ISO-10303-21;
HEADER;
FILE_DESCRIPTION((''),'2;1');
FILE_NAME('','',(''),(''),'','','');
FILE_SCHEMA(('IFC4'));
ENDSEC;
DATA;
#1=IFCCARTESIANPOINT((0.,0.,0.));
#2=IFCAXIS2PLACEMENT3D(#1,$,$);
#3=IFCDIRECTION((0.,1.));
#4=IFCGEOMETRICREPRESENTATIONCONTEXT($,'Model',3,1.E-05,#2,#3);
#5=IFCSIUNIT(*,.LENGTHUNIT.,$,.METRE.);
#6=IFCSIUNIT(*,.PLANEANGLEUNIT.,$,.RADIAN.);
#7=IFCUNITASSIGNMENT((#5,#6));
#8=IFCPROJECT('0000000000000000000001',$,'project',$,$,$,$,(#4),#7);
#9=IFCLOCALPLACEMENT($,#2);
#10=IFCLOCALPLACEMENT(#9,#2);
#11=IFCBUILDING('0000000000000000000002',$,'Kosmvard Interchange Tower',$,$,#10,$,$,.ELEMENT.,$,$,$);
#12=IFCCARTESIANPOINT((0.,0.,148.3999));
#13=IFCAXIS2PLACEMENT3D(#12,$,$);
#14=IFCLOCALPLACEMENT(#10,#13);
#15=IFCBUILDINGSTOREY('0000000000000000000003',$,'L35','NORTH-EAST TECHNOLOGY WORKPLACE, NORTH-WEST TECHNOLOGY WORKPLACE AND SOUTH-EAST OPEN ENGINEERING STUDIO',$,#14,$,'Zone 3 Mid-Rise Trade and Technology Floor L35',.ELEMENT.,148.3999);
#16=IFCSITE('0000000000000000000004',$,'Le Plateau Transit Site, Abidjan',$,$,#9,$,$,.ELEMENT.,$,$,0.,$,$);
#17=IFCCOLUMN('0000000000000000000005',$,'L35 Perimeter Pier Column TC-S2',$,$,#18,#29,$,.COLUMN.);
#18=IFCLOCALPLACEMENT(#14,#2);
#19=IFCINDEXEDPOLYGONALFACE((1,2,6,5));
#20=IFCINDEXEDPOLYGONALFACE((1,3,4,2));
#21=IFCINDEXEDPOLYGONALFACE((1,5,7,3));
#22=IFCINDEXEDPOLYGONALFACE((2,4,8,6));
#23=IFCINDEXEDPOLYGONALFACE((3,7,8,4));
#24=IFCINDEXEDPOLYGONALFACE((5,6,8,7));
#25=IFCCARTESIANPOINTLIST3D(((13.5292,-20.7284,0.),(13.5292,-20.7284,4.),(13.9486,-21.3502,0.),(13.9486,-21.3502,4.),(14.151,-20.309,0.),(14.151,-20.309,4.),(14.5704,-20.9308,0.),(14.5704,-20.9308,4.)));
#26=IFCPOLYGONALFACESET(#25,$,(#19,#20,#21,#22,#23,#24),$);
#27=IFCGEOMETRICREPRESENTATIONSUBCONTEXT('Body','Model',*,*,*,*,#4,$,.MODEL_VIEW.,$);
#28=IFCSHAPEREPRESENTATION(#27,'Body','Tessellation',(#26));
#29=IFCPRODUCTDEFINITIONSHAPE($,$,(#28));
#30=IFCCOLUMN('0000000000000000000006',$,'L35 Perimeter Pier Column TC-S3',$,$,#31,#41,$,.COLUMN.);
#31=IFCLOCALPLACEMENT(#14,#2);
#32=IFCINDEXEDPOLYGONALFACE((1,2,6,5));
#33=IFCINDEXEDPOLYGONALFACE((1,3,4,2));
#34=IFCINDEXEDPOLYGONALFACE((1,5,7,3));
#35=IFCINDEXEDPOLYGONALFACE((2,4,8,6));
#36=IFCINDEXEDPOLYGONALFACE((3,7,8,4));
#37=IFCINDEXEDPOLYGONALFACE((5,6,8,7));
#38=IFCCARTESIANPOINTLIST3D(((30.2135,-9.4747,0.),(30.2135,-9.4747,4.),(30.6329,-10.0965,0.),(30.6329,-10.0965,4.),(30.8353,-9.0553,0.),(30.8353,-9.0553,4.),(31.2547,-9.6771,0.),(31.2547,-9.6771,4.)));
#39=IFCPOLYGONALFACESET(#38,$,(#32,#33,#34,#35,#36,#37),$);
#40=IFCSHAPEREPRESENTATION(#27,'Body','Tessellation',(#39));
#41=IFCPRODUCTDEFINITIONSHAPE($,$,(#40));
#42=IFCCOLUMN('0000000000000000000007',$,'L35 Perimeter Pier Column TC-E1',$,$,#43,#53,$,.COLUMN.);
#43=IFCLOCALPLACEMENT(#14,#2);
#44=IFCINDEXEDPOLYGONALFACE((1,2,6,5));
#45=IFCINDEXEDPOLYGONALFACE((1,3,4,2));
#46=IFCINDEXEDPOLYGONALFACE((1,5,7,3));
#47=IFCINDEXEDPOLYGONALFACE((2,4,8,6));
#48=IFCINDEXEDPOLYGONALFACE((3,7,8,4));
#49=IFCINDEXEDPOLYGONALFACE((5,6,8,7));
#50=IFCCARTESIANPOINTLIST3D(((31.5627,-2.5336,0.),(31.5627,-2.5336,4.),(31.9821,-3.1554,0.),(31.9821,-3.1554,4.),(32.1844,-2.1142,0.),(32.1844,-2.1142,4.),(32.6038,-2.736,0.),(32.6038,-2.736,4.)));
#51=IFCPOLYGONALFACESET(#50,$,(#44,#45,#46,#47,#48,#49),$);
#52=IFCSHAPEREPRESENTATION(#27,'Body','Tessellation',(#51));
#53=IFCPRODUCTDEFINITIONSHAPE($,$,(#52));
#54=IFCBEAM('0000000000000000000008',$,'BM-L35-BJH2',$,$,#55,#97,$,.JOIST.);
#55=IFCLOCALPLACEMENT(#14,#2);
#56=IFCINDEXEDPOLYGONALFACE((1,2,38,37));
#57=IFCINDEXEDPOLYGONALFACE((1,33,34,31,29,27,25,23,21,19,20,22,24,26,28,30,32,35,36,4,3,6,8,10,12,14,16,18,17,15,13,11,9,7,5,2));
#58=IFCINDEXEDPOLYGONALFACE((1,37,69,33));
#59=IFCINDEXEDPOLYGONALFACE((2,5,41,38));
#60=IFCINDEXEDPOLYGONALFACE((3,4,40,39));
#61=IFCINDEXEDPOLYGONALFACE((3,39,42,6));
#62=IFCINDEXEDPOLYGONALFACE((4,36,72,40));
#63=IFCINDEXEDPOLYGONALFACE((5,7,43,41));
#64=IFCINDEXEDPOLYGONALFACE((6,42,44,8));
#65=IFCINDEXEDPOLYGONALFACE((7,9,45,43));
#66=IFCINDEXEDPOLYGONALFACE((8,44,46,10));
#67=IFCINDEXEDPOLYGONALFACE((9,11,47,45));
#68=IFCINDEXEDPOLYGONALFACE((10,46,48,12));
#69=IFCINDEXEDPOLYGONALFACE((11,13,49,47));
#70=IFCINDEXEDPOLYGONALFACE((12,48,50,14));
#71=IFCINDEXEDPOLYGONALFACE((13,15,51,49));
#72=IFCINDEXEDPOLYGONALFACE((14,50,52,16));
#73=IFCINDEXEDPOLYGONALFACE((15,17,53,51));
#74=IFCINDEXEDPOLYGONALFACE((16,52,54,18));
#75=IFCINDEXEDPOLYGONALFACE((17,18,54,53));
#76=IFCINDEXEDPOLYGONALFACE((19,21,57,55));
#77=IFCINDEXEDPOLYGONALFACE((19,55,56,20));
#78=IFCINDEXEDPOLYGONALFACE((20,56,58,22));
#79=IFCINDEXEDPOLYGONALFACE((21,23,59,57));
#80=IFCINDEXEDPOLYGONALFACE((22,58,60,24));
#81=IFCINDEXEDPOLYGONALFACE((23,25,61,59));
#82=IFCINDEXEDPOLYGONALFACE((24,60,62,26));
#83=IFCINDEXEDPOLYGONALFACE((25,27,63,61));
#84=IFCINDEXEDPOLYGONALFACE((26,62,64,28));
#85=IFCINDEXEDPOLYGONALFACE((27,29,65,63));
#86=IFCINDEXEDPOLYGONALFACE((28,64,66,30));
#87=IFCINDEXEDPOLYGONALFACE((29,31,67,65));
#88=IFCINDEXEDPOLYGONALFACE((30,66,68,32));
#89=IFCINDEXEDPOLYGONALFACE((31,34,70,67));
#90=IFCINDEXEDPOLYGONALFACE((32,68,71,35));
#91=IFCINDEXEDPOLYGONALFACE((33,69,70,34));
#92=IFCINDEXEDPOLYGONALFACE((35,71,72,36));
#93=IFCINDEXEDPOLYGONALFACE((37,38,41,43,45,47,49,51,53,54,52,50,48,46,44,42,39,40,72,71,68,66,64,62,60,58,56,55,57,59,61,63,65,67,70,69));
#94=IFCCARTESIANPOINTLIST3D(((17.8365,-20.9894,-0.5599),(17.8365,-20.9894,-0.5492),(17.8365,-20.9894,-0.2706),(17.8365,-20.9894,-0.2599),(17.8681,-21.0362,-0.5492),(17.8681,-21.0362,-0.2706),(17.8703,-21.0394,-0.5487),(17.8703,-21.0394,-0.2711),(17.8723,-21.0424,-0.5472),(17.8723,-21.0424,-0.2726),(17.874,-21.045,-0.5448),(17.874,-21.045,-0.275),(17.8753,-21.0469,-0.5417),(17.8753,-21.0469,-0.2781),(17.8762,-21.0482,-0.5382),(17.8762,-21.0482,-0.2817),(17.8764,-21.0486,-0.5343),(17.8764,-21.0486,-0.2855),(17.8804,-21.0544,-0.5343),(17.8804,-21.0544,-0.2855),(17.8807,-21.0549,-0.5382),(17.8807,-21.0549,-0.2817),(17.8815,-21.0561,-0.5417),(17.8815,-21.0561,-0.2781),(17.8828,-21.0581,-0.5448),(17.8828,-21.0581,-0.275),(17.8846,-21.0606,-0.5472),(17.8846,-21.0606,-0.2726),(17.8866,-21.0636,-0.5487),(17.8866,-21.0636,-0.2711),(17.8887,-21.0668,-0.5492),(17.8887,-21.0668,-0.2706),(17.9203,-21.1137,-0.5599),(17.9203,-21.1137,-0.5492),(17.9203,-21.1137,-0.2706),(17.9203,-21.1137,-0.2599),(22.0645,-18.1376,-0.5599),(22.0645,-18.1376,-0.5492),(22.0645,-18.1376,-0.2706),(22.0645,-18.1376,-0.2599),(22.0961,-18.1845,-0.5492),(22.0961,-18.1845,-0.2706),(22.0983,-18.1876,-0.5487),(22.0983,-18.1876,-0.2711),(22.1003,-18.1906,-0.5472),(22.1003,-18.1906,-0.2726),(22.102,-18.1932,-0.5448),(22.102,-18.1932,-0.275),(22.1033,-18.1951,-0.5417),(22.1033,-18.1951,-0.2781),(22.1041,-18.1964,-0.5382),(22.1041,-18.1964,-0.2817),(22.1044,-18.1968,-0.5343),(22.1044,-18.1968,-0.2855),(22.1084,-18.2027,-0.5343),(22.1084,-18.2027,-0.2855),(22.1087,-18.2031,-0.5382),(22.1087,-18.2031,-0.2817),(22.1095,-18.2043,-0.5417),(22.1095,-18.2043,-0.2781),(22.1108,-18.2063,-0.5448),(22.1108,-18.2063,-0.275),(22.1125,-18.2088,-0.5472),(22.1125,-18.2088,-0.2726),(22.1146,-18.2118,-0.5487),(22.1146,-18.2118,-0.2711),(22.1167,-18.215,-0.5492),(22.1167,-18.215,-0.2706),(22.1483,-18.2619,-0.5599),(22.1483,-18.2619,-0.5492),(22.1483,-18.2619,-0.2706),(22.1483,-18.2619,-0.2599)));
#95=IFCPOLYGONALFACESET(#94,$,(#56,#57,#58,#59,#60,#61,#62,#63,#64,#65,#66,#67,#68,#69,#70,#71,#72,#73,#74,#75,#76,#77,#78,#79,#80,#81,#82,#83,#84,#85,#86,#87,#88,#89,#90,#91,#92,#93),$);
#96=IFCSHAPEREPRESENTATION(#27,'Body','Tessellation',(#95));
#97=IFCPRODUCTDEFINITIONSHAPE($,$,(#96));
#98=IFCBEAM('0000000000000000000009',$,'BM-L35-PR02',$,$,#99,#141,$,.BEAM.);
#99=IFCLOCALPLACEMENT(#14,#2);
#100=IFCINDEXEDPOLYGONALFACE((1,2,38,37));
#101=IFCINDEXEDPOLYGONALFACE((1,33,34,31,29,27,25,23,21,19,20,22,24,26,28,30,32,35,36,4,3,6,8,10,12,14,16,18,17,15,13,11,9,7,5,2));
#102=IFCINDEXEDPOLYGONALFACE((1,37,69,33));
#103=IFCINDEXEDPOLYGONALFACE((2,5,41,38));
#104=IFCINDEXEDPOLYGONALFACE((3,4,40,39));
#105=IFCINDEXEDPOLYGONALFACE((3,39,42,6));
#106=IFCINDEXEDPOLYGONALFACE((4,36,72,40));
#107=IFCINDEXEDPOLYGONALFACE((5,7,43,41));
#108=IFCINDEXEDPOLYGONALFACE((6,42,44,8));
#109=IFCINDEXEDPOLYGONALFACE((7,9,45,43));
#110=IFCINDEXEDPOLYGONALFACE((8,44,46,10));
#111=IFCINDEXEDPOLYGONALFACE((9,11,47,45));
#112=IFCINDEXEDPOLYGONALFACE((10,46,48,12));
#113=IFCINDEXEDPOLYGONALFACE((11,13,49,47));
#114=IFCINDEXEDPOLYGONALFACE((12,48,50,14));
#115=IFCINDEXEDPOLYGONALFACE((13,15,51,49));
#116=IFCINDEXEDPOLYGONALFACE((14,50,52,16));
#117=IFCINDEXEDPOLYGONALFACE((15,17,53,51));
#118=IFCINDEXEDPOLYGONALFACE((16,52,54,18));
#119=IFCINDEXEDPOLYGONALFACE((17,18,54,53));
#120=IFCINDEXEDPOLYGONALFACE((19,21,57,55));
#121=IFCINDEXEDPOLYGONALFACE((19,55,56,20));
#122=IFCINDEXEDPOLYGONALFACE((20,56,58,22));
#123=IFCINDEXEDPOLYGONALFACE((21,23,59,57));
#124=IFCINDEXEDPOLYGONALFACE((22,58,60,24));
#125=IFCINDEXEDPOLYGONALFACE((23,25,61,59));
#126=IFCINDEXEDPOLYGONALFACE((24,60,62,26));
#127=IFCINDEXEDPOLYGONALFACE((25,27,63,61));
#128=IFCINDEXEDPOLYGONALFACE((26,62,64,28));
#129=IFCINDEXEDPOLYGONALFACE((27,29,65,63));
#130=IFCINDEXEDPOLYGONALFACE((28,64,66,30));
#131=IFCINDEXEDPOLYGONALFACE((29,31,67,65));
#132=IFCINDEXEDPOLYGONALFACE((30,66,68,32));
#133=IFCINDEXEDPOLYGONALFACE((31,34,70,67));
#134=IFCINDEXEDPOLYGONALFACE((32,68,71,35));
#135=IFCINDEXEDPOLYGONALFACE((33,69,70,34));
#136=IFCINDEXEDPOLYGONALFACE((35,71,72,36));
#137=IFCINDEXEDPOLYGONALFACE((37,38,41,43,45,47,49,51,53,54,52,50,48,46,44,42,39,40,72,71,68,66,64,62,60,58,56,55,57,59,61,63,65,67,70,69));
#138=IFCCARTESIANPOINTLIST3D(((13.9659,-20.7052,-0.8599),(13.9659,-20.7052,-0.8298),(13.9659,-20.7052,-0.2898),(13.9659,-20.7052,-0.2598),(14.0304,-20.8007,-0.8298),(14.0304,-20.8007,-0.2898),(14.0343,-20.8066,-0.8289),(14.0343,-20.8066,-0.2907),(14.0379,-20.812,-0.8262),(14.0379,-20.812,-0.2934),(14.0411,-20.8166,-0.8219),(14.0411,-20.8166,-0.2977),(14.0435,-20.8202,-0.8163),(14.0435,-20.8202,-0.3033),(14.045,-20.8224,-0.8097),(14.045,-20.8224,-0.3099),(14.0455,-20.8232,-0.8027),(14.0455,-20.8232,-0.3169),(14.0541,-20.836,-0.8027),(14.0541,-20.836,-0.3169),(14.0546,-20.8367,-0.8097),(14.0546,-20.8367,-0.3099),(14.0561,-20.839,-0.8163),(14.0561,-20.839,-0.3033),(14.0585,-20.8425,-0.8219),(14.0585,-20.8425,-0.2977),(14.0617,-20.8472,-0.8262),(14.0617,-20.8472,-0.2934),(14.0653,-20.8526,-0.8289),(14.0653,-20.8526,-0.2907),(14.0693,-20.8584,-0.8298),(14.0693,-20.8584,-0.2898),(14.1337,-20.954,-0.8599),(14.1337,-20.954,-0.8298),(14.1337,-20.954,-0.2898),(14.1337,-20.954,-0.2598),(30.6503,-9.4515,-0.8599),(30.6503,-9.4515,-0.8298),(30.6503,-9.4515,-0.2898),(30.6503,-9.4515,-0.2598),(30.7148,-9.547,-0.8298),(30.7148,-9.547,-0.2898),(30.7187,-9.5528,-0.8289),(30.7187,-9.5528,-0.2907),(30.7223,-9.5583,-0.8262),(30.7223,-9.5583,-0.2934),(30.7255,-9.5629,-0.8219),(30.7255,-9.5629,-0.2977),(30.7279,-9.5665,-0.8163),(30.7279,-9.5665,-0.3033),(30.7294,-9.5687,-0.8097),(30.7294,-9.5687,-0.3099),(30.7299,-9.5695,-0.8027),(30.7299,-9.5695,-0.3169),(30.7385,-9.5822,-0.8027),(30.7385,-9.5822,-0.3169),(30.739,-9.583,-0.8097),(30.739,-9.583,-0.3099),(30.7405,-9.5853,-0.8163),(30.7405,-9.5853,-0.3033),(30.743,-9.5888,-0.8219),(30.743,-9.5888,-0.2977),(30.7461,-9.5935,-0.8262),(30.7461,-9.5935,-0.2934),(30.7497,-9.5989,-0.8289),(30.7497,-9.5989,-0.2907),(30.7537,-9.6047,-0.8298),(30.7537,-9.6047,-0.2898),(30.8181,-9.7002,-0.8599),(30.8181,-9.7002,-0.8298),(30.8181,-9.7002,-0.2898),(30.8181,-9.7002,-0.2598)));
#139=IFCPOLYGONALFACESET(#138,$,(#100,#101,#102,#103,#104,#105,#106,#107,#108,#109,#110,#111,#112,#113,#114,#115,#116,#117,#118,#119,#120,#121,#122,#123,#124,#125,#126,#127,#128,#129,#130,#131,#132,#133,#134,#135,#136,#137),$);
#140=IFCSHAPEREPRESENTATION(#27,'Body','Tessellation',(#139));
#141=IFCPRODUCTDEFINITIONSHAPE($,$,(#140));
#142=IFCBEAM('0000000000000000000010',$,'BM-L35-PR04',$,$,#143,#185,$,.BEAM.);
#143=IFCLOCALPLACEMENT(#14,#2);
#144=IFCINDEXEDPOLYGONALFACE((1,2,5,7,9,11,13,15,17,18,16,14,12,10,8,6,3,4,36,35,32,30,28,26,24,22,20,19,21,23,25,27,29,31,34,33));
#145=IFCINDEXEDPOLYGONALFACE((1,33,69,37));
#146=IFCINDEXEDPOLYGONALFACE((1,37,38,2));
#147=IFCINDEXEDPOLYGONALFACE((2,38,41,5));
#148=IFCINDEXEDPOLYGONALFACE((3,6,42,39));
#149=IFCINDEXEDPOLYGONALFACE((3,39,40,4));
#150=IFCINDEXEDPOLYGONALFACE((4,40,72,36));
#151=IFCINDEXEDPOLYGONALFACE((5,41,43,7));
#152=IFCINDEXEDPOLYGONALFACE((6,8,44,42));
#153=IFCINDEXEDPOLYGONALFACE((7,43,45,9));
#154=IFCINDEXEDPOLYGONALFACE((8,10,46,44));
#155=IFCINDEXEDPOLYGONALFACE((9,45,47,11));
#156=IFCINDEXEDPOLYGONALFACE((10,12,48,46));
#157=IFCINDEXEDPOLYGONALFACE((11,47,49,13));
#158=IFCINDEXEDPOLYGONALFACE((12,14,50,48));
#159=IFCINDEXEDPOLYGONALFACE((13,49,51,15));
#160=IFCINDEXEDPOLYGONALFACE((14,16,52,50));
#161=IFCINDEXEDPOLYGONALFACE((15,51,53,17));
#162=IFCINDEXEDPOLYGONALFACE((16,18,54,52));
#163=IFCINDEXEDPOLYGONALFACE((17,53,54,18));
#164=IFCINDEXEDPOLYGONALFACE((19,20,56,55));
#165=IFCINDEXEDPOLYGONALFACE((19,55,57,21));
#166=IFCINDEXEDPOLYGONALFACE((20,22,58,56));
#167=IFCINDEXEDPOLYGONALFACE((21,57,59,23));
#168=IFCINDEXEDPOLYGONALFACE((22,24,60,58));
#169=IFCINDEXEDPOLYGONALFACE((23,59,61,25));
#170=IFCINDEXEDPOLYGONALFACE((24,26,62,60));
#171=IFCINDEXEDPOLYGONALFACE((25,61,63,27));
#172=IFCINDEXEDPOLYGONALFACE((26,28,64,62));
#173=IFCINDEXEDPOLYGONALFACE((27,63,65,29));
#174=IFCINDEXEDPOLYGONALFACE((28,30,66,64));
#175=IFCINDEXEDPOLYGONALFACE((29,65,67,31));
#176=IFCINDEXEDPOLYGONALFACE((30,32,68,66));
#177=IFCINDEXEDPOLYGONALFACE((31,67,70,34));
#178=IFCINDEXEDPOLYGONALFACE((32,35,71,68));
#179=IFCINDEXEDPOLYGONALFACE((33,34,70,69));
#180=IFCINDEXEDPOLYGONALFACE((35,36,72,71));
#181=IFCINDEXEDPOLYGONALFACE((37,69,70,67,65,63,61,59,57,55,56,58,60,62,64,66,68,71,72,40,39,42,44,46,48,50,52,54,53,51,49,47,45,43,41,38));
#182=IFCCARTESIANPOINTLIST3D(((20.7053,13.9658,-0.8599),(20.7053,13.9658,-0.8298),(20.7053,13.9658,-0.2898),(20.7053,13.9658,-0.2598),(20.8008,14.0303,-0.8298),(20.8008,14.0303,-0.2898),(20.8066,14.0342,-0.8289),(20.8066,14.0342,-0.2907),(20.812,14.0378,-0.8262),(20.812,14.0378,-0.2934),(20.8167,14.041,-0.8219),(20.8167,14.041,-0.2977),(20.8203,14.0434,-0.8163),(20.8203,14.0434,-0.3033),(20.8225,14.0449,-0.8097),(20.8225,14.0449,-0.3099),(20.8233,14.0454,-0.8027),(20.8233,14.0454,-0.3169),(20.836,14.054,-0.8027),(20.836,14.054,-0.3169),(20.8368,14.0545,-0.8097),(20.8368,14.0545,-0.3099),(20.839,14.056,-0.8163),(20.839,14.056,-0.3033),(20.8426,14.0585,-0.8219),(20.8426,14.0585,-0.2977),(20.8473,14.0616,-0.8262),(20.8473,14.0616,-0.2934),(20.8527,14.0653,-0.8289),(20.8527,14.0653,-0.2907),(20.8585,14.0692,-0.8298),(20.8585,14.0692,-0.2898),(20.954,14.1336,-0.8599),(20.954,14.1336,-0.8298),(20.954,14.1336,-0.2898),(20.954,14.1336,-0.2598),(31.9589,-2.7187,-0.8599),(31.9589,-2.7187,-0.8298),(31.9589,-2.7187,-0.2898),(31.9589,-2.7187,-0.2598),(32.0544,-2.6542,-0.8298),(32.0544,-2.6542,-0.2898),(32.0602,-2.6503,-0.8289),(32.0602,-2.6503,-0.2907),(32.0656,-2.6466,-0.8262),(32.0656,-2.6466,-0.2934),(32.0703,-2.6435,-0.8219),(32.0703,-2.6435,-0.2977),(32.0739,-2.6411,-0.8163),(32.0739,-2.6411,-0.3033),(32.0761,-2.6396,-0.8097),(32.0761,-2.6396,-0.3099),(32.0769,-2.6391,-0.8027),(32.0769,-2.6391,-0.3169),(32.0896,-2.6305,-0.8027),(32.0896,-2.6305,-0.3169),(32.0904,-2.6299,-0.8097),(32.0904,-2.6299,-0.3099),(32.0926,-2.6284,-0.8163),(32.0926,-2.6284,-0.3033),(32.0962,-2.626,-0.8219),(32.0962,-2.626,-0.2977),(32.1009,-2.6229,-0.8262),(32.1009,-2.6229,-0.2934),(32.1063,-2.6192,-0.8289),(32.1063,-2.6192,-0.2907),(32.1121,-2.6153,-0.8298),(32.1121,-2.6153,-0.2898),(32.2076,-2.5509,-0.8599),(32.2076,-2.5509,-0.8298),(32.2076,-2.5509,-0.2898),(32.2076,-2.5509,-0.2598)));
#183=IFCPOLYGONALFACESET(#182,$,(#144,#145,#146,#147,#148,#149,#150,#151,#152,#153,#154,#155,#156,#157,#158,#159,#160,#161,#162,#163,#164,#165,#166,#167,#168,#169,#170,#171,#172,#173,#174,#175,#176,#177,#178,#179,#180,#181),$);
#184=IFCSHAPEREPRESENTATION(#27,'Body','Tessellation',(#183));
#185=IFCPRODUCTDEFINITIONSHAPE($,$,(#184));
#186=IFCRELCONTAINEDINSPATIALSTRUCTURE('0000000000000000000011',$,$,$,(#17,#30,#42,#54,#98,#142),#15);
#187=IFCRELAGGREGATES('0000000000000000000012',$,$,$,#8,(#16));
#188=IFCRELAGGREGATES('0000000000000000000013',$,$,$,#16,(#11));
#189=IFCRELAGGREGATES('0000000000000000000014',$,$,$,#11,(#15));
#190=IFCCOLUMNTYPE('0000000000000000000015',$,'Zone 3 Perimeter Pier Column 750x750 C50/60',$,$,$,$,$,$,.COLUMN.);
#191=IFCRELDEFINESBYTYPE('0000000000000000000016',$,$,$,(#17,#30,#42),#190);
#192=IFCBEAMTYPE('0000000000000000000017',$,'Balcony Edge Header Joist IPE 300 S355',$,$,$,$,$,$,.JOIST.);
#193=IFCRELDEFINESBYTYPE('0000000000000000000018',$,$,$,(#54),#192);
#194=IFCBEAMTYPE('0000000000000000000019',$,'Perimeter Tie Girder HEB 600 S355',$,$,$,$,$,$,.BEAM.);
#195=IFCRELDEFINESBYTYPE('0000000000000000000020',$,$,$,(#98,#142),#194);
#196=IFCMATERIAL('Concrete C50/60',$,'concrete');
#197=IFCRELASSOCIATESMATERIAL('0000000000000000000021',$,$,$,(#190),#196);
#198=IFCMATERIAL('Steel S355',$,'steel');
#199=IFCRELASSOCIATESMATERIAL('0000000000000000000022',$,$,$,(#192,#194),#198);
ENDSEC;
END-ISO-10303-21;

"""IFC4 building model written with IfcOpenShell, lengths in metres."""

from ifc_helpers import new_model, si_unit, direction, frame, origin, origin_2d, place, context, subcontext, project, spatial, rectangle, i_section, extrude, source, transform, mapped, material, material_profile, profile_set, type_object, element, save


model = new_model("IFC4")

# Units and contexts
model_context = context("Model", 3, precision=1e-05, world=origin(), true_north=direction((0.0, 1.0)))
body_context = subcontext(model_context, "Body", "Model", "MODEL_VIEW")
ifc_project = project(units=[si_unit("LENGTHUNIT", "METRE"), si_unit("PLANEANGLEUNIT", "RADIAN")], contexts=[model_context])

# Site, building, storey
site_placement = place(None, origin())
site = spatial("IfcSite", under=ifc_project, at=site_placement, Name="Le Plateau Transit Site, Abidjan", CompositionType="ELEMENT", RefElevation=0.0)
building_placement = place(site_placement, origin())
building = spatial("IfcBuilding", under=site, at=building_placement, Name="Kosmvard Interchange Tower", CompositionType="ELEMENT")
storey_placement = place(building_placement, frame((0.0, 0.0, 148.3999)))
storey = spatial("IfcBuildingStorey", under=building, at=storey_placement, Name="L35", Description="NORTH-EAST TECHNOLOGY WORKPLACE, NORTH-WEST TECHNOLOGY WORKPLACE AND SOUTH-EAST OPEN ENGINEERING STUDIO", LongName="Zone 3 Mid-Rise Trade and Technology Floor L35", CompositionType="ELEMENT", Elevation=148.3999)

# Columns
ifc_material_1 = material(Name="Concrete C50/60", Category="concrete")
ifc_material_profile_1 = material_profile(ifc_material_1, rectangle(XDim=0.75, YDim=0.75, at=origin_2d()), Name="TC 750x750")
ifc_profile_set_1 = profile_set([ifc_material_profile_1], Name="Concrete C50/60")
column_type = type_object("IfcColumnType", Name="Zone 3 Perimeter Pier Column 750x750 C50/60", PredefinedType="COLUMN", material=ifc_profile_set_1)
shared_shape_1 = source(origin(), body_context, "Body", "SweptSolid", [
    extrude(rectangle(XDim=0.75, YDim=0.75, at=origin_2d()), origin(), (0.0, 0.0, 1.0), 4.0),
])
for number, where, z_axis, x_axis, name in (
    (1, (14.0498, -20.8296, 0.0), (0.0, 0.0, 1.0), (0.829038, 0.559193, 0.0), "L35 Perimeter Pier Column TC-S2"),
    (2, (30.7341, -9.5759, 0.0), (0.0, 0.0, 1.0), (0.829038, 0.559193, 0.0), "L35 Perimeter Pier Column TC-S3"),
    (3, (32.0833, -2.6348, 0.0), (0.0, 0.0, 1.0), (0.829038, 0.559193, 0.0), "L35 Perimeter Pier Column TC-E1"),
):
    element("IfcColumn", number, at=place(storey_placement, frame(where, z_axis=z_axis, x_axis=x_axis)), inside=storey, type_object=column_type, Name=name, PredefinedType="COLUMN", context=body_context, shape_type="MappedRepresentation", body=[
        mapped(shared_shape_1, transform((0.0, 0.0, 0.0), scale=1.0)),
    ])

# Beams
ifc_material_2 = material(Name="Steel S355", Category="steel")
ifc_material_profile_2 = material_profile(ifc_material_2, i_section(OverallWidth=0.1499, OverallDepth=0.3, WebThickness=0.0071, FlangeThickness=0.0107, FilletRadius=0.0149, at=origin_2d()), Name="IPE 300")
ifc_profile_set_2 = profile_set([ifc_material_profile_2], Name="Steel S355")
beam_type_1 = type_object("IfcBeamType", Name="Balcony Edge Header Joist IPE 300 S355", PredefinedType="JOIST", material=ifc_profile_set_2)
shared_shape_2 = source(origin(), body_context, "Body", "SweptSolid", [
    extrude(i_section(OverallWidth=0.1499, OverallDepth=0.3, WebThickness=0.0071, FlangeThickness=0.0107, FilletRadius=0.0149, at=origin_2d()), origin(), (0.0, 0.0, 1.0), 5.0999),
])
beam_1_placement = place(storey_placement, frame((17.8784, -21.0515, -0.4099), z_axis=(0.829041, 0.559188, 0.0), x_axis=(-0.559188, 0.829041, 0.0)))
element("IfcBeam", 4, at=beam_1_placement, inside=storey, type_object=beam_type_1, Name="BM-L35-BJH2", PredefinedType="JOIST", context=body_context, shape_type="MappedRepresentation", body=[
    mapped(shared_shape_2, transform((0.0, 0.0, 0.0), scale=1.0)),
])
ifc_material_profile_3 = material_profile(ifc_material_2, i_section(OverallWidth=0.3, OverallDepth=0.6001, WebThickness=0.0154, FlangeThickness=0.03, FilletRadius=0.0271, at=origin_2d()), Name="HEB 600")
ifc_profile_set_3 = profile_set([ifc_material_profile_3], Name="Steel S355")
beam_type_2 = type_object("IfcBeamType", Name="Perimeter Tie Girder HEB 600 S355", PredefinedType="BEAM", material=ifc_profile_set_3)
shared_shape_3 = source(origin(), body_context, "Body", "SweptSolid", [
    extrude(i_section(OverallWidth=0.3, OverallDepth=0.6001, WebThickness=0.0154, FlangeThickness=0.03, FilletRadius=0.0271, at=origin_2d()), origin(), (0.0, 0.0, 1.0), 20.125),
])
for number, where, z_axis, x_axis, name in (
    (5, (14.0498, -20.8296, -0.5598), (0.829039, 0.559191, 0.0), (-0.559191, 0.829039, 0.0), "BM-L35-PR02"),
    (6, (32.0833, -2.6348, -0.5598), (-0.559185, 0.829043, 0.0), (-0.829043, -0.559185, 0.0), "BM-L35-PR04"),
):
    element("IfcBeam", number, at=place(storey_placement, frame(where, z_axis=z_axis, x_axis=x_axis)), inside=storey, type_object=beam_type_2, Name=name, PredefinedType="BEAM", context=body_context, shape_type="MappedRepresentation", body=[
        mapped(shared_shape_3, transform((0.0, 0.0, 0.0), scale=1.0)),
    ])

save(model, "model.ifc")
